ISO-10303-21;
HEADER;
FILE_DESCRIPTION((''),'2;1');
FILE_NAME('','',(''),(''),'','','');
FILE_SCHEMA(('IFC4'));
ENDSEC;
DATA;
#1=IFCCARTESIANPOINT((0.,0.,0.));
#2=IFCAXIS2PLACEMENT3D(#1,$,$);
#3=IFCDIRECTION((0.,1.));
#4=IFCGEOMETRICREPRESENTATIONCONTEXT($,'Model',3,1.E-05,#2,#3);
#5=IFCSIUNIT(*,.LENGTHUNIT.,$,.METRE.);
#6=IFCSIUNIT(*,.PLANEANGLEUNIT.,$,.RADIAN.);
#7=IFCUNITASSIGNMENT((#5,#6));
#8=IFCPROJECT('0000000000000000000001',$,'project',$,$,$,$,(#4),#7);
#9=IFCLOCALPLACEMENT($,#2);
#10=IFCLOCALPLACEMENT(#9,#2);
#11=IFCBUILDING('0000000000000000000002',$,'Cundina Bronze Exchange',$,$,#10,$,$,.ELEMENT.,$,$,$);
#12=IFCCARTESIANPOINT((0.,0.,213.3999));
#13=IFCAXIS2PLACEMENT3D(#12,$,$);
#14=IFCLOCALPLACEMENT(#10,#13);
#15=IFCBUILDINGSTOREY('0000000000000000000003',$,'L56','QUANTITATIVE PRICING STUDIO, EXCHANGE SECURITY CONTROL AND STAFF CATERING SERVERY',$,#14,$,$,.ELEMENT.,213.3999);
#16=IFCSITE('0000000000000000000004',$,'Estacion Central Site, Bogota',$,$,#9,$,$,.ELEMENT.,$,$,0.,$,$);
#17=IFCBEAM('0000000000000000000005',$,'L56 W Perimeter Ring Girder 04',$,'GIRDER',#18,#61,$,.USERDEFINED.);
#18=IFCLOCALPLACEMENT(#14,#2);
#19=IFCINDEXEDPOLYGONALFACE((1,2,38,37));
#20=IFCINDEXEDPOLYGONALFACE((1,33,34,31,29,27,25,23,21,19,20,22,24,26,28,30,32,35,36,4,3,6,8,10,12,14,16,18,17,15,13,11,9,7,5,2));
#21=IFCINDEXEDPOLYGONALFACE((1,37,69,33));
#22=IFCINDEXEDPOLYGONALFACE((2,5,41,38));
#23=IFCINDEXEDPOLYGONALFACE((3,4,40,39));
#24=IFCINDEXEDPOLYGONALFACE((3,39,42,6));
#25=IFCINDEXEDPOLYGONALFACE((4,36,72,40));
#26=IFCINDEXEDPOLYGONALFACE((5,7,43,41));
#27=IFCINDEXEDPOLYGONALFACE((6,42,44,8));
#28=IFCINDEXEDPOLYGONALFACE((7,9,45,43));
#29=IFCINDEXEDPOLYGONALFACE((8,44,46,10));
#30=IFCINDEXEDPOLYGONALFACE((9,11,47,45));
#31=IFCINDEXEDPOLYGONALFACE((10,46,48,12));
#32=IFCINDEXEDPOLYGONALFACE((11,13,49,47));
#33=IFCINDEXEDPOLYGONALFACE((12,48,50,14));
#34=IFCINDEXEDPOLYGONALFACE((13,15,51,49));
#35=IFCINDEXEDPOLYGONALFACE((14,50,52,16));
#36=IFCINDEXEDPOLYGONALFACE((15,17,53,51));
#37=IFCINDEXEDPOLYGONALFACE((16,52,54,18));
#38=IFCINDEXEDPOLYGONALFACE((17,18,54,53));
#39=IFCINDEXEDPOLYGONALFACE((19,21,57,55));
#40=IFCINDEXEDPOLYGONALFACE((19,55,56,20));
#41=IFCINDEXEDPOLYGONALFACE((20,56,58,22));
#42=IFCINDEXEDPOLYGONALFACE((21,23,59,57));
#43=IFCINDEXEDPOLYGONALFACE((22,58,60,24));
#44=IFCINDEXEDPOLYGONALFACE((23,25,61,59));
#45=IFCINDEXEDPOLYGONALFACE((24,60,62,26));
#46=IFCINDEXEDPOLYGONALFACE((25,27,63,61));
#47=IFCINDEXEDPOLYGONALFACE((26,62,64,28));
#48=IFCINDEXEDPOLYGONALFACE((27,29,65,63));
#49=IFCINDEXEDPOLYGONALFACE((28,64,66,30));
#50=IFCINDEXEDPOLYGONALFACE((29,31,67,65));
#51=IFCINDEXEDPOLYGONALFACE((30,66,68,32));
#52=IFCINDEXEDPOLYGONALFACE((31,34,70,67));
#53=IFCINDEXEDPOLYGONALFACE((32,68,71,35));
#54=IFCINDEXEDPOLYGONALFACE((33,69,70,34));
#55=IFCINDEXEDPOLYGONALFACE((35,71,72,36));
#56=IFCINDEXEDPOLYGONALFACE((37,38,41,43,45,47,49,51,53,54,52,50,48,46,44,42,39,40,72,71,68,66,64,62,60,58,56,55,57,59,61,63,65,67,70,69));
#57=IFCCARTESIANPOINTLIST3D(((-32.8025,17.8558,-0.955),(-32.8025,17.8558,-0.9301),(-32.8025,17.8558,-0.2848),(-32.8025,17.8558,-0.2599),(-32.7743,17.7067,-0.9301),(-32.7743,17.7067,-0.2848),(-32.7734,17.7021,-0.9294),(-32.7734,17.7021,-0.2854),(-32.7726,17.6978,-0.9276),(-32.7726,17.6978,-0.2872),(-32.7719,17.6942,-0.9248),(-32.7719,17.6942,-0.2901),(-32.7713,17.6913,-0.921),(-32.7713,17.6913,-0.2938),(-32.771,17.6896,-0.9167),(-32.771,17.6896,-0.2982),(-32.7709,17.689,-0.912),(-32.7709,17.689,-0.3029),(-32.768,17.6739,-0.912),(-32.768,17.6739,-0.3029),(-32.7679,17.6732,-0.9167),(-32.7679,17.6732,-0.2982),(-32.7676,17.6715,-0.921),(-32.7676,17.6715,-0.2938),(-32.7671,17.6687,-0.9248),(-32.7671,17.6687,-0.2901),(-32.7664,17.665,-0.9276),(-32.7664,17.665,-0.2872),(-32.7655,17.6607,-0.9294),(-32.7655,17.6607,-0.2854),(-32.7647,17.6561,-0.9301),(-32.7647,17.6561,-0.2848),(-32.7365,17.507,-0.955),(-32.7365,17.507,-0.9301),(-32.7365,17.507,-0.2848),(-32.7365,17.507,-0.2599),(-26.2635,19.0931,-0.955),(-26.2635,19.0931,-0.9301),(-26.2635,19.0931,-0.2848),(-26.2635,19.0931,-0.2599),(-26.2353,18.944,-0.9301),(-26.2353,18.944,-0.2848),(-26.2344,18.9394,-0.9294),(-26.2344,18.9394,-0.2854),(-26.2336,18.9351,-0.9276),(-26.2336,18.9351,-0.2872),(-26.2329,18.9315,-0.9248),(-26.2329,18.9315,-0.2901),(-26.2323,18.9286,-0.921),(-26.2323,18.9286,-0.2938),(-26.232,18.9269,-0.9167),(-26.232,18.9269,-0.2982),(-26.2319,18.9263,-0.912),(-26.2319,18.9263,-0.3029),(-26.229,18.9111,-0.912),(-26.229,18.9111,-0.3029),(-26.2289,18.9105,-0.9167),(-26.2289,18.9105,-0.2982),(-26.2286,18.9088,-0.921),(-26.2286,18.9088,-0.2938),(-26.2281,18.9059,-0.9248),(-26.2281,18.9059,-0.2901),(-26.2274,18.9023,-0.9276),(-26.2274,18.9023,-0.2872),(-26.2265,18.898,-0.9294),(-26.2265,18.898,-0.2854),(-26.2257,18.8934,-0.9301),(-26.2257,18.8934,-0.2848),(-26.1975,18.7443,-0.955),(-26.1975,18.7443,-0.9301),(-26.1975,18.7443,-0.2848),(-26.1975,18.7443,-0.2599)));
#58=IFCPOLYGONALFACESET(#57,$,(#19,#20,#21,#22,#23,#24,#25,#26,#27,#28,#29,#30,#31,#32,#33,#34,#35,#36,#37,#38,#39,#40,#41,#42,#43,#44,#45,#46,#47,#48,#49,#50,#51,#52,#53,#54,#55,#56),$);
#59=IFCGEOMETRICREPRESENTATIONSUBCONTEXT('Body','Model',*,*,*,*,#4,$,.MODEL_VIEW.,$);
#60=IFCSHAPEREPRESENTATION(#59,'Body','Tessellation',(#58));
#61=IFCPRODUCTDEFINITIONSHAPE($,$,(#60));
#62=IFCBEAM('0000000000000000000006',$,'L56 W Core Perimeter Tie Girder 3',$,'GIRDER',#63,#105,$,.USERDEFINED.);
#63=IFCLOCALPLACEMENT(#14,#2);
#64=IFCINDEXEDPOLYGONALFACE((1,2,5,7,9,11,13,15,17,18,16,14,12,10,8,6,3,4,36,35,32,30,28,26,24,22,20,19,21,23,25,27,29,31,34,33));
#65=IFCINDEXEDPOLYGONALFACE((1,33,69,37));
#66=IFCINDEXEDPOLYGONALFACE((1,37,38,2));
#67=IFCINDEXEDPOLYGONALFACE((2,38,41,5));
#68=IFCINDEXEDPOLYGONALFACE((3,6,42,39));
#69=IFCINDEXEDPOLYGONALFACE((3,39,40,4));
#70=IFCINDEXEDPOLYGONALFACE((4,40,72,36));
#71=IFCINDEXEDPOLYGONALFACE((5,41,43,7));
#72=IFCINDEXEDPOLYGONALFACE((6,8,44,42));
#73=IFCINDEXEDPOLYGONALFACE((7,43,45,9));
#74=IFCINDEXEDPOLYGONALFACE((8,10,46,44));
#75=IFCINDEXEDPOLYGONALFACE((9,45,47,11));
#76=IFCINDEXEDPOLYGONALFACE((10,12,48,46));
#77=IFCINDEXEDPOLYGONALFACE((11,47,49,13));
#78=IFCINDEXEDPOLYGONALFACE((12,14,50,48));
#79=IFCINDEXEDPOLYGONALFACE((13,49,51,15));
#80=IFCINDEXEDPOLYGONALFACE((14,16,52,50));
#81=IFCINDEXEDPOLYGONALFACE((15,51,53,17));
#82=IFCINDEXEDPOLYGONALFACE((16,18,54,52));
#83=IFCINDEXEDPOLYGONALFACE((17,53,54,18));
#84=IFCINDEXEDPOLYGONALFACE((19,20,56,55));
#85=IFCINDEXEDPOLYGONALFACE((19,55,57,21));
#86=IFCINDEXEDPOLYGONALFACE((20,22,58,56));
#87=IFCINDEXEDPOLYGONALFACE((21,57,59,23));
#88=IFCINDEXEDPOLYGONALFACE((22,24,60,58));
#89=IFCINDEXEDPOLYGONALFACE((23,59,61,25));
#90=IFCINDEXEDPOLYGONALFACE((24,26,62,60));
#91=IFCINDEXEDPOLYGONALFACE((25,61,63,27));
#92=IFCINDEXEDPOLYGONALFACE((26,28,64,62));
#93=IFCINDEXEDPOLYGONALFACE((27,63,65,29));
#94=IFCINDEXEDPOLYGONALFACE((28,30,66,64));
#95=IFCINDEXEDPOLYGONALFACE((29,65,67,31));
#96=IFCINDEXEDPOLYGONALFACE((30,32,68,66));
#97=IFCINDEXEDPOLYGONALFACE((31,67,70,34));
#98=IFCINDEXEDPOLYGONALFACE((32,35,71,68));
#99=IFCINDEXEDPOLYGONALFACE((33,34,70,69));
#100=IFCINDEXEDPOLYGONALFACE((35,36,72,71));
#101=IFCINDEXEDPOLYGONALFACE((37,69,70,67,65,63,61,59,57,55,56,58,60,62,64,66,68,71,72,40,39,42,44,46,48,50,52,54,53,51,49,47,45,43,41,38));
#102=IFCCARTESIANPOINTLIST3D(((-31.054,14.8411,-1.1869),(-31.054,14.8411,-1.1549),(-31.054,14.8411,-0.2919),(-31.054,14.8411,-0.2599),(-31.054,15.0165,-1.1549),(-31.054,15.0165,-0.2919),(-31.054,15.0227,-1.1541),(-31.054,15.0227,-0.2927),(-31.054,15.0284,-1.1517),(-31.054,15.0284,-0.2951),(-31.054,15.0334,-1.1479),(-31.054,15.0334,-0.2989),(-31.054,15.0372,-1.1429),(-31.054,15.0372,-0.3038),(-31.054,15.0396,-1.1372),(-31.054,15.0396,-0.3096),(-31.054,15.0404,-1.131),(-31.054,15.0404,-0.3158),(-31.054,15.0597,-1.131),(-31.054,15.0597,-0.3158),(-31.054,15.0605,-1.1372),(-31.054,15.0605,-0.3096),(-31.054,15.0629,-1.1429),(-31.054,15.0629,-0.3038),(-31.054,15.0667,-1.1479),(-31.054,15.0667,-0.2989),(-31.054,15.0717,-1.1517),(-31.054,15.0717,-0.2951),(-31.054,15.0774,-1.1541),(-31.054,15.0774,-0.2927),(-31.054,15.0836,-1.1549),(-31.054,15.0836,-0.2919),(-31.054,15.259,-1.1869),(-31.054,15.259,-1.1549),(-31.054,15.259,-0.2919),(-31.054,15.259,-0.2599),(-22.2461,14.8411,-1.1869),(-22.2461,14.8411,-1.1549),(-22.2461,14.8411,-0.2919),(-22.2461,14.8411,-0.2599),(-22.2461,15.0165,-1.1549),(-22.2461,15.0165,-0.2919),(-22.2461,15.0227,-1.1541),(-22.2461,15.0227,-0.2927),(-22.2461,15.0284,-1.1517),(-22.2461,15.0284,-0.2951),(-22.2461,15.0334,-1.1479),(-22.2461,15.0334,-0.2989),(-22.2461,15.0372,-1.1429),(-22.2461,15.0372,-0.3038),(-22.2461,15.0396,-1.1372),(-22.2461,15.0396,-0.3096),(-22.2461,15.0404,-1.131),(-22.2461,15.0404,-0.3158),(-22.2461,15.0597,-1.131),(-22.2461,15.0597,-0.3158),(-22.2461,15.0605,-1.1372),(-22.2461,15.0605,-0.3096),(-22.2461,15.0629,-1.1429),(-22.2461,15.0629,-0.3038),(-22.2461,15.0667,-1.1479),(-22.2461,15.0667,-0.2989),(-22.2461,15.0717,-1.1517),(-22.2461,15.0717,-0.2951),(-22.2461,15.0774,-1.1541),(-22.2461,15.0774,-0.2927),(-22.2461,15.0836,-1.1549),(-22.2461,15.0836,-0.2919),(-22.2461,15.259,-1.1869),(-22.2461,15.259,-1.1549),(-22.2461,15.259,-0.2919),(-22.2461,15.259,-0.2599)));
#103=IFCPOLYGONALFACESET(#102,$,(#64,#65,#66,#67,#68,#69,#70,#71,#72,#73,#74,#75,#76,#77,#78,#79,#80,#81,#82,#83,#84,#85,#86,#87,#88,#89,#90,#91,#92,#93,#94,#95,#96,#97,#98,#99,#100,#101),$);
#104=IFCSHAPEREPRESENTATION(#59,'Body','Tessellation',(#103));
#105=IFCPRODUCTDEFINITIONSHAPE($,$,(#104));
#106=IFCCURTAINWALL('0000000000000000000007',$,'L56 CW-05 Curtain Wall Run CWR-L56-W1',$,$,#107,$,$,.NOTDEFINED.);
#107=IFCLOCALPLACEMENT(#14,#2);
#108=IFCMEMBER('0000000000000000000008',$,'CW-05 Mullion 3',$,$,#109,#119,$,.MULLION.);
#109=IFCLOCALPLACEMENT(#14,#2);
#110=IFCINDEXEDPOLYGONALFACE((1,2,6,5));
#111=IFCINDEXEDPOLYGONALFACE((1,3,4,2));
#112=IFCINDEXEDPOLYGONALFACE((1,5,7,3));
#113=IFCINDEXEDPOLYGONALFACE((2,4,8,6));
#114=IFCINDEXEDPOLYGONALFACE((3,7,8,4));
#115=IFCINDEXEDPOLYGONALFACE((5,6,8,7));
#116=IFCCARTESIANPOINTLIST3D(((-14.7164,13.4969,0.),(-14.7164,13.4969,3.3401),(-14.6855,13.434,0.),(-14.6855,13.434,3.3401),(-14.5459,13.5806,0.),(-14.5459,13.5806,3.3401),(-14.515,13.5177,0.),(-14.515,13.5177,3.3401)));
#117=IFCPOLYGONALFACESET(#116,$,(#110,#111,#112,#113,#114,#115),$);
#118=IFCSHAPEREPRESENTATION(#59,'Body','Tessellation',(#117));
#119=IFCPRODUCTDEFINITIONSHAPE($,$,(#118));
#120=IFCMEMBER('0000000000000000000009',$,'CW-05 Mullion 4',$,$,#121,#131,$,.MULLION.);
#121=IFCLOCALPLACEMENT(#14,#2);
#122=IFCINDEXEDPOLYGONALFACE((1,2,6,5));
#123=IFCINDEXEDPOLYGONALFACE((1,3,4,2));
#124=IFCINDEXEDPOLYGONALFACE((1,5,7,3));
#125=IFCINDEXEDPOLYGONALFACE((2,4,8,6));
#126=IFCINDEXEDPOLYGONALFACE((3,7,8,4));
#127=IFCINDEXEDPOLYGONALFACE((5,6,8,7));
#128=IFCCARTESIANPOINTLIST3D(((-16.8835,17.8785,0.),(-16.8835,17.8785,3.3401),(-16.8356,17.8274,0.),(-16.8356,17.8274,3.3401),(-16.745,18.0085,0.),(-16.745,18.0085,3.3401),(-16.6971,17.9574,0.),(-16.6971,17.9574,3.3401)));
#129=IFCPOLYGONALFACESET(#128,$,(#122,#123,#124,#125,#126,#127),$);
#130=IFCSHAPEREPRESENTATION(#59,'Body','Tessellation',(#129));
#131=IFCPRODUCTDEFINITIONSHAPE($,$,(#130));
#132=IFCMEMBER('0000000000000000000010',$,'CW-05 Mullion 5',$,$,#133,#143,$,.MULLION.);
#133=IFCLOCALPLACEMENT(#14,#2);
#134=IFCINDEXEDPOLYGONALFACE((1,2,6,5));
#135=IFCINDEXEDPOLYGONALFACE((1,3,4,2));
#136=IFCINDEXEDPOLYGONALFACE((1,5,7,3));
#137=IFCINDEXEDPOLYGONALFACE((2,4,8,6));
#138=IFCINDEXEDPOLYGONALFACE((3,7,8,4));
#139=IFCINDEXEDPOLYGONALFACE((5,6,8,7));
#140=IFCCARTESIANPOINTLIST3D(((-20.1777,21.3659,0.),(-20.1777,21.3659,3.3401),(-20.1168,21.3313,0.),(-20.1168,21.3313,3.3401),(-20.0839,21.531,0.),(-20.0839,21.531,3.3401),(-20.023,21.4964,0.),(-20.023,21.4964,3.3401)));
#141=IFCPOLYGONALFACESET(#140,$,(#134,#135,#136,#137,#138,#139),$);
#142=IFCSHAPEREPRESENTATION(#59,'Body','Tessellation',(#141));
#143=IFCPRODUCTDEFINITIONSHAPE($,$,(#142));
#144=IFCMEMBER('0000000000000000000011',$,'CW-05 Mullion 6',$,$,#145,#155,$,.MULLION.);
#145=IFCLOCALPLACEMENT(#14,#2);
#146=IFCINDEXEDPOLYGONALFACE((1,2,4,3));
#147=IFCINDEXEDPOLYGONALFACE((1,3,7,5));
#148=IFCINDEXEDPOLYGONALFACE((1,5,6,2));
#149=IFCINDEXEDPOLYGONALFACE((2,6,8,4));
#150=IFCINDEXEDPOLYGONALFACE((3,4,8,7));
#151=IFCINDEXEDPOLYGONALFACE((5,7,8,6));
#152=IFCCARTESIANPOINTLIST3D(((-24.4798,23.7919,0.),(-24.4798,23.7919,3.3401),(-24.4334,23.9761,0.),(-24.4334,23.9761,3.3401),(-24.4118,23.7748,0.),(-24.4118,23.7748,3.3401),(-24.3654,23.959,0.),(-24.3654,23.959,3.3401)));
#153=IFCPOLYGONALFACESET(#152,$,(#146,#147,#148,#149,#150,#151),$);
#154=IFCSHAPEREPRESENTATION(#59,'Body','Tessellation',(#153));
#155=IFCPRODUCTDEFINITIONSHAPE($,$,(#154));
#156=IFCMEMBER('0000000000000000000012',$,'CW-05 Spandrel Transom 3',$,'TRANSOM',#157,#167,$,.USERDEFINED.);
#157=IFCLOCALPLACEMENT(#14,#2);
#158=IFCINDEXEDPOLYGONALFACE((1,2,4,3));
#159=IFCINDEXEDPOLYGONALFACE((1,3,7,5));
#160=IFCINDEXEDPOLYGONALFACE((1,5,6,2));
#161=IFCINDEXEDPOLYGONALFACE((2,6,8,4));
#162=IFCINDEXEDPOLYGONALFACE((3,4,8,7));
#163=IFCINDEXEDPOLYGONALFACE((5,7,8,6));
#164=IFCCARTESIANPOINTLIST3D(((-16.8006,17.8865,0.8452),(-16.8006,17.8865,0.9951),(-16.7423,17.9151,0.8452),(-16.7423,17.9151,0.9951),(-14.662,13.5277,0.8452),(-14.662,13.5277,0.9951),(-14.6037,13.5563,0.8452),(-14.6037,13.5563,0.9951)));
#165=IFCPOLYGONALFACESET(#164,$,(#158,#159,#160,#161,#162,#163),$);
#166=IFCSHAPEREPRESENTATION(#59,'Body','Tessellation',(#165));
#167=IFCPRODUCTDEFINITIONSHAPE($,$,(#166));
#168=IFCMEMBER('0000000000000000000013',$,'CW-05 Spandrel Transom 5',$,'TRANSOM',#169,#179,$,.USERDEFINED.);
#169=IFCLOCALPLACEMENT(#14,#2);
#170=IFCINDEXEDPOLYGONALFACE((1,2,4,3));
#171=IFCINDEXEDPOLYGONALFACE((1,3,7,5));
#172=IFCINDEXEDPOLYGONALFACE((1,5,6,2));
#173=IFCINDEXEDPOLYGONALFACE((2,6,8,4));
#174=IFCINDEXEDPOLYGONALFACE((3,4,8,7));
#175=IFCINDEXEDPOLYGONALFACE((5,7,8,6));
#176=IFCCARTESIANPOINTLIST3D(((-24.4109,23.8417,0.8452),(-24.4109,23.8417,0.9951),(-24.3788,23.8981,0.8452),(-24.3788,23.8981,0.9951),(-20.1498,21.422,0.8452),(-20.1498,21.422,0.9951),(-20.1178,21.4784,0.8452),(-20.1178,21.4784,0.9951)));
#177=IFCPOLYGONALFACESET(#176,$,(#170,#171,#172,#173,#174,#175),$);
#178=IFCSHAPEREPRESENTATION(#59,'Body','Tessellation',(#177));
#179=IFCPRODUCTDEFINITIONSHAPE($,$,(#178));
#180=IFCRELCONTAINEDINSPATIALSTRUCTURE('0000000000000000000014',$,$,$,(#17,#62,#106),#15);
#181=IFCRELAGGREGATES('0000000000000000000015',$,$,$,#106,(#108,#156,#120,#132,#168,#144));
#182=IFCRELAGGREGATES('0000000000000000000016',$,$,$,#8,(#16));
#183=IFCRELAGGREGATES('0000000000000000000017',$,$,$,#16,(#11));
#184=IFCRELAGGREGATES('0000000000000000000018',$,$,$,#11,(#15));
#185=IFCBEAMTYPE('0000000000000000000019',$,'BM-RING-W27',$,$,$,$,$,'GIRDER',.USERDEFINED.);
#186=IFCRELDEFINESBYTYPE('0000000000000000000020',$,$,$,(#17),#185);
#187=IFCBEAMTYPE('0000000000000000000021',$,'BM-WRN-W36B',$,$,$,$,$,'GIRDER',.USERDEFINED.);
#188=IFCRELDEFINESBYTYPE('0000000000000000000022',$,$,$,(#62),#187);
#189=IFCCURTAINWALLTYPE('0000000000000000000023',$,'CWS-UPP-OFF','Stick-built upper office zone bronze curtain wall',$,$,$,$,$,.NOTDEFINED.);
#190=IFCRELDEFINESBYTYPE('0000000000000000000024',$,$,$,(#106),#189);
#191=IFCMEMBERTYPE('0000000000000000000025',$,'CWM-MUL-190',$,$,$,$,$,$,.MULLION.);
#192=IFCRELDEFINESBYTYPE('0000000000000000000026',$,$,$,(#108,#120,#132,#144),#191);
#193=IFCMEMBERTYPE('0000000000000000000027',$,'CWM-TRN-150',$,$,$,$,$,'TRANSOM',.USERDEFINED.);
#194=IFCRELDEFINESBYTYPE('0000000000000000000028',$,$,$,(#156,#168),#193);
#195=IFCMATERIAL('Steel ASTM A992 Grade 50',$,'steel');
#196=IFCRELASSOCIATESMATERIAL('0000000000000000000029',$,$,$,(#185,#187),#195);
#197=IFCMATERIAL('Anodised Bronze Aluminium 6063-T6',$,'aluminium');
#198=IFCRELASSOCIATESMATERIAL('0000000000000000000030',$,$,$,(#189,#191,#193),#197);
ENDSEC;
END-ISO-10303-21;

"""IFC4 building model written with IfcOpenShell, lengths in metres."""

from ifc_helpers import new_model, si_unit, direction, frame, origin, origin_2d, place, context, subcontext, project, spatial, rectangle, i_section, extrude, material, material_profile, profile_set, type_object, element, aggregate, save


model = new_model("IFC4")

# Units and contexts
model_context = context("Model", 3, precision=1e-05, world=origin(), true_north=direction((0.0, 1.0)))
body_context = subcontext(model_context, "Body", "Model", "MODEL_VIEW")
ifc_project = project(units=[si_unit("LENGTHUNIT", "METRE"), si_unit("PLANEANGLEUNIT", "RADIAN")], contexts=[model_context])

# Site, building, storey
site_placement = place(None, origin())
site = spatial("IfcSite", under=ifc_project, at=site_placement, Name="Estacion Central Site, Bogota", CompositionType="ELEMENT", RefElevation=0.0)
building_placement = place(site_placement, origin())
building = spatial("IfcBuilding", under=site, at=building_placement, Name="Cundina Bronze Exchange", CompositionType="ELEMENT")
storey_placement = place(building_placement, frame((0.0, 0.0, 213.3999)))
storey = spatial("IfcBuildingStorey", under=building, at=storey_placement, Name="L56", Description="QUANTITATIVE PRICING STUDIO, EXCHANGE SECURITY CONTROL AND STAFF CATERING SERVERY", CompositionType="ELEMENT", Elevation=213.3999)

# Shared definitions
ifc_material_1 = material(Name="Steel ASTM A992 Grade 50", Category="steel")

# Beams
ifc_material_profile_1 = material_profile(ifc_material_1, i_section(OverallWidth=0.355, OverallDepth=0.6951, WebThickness=0.0154, FlangeThickness=0.0249, FilletRadius=0.0181, at=origin_2d()), Name="W27X146", Category="steel")
ifc_profile_set_1 = profile_set([ifc_material_profile_1], Name="Steel ASTM A992 Grade 50")
beam_type_1 = type_object("IfcBeamType", Name="BM-RING-W27", ElementType="GIRDER", PredefinedType="USERDEFINED", material=ifc_profile_set_1)
beam_1_placement = place(storey_placement, frame((-26.2305, 18.9187, -0.6074), z_axis=(-0.982565, -0.185918, 0.0), x_axis=(0.185918, -0.982565, 0.0)))
element("IfcBeam", 1, at=beam_1_placement, inside=storey, type_object=beam_type_1, Name="L56 W Perimeter Ring Girder 04", ObjectType="GIRDER", PredefinedType="USERDEFINED", context=body_context, shape_type="SweptSolid", body=[
    extrude(i_section(OverallWidth=0.355, OverallDepth=0.6951, WebThickness=0.0154, FlangeThickness=0.0249, FilletRadius=0.0181, at=origin_2d()), origin(), (0.0, 0.0, 1.0), 6.655),
])
ifc_material_profile_2 = material_profile(ifc_material_1, i_section(OverallWidth=0.418, OverallDepth=0.927, WebThickness=0.0193, FlangeThickness=0.032, FilletRadius=0.0239, at=origin_2d()), Name="W36X231", Category="steel")
ifc_profile_set_2 = profile_set([ifc_material_profile_2], Name="Steel ASTM A992 Grade 50")
beam_type_2 = type_object("IfcBeamType", Name="BM-WRN-W36B", ElementType="GIRDER", PredefinedType="USERDEFINED", material=ifc_profile_set_2)
beam_2_placement = place(storey_placement, frame((-22.2461, 15.05, -0.7234), z_axis=(-1.0, 0.0, 0.0), x_axis=(0.0, -1.0, 0.0)))
element("IfcBeam", 2, at=beam_2_placement, inside=storey, type_object=beam_type_2, Name="L56 W Core Perimeter Tie Girder 3", ObjectType="GIRDER", PredefinedType="USERDEFINED", context=body_context, shape_type="SweptSolid", body=[
    extrude(i_section(OverallWidth=0.418, OverallDepth=0.927, WebThickness=0.0193, FlangeThickness=0.032, FilletRadius=0.0239, at=origin_2d()), origin(), (0.0, 0.0, 1.0), 8.8079),
])

# Curtain wall, members
ifc_material_2 = material(Name="Anodised Bronze Aluminium 6063-T6", Category="aluminium")
curtain_wall_type = type_object("IfcCurtainWallType", Name="CWS-UPP-OFF", Description="Stick-built upper office zone bronze curtain wall", PredefinedType="NOTDEFINED", material=ifc_material_2)
curtain_wall_placement = place(storey_placement, origin())
curtain_wall = element("IfcCurtainWall", 3, at=curtain_wall_placement, inside=storey, type_object=curtain_wall_type, Name="L56 CW-05 Curtain Wall Run CWR-L56-W1", PredefinedType="NOTDEFINED")
ifc_material_profile_3 = material_profile(ifc_material_2, rectangle(XDim=0.0701, YDim=0.1899, at=origin_2d()), Name="AL70X190", Category="aluminium")
ifc_profile_set_3 = profile_set([ifc_material_profile_3], Name="Anodised Bronze Aluminium 6063-T6")
member_type_1 = type_object("IfcMemberType", Name="CWM-MUL-190", PredefinedType="MULLION", material=ifc_profile_set_3)
member_1_placement = place(storey_placement, frame((-14.6157, 13.5073, 0.0), z_axis=(0.0, 0.0, 1.0), x_axis=(-0.440566, 0.89772, 0.0)))
member_1 = element("IfcMember", 4, at=member_1_placement, type_object=member_type_1, Name="CW-05 Mullion 3", PredefinedType="MULLION", context=body_context, shape_type="SweptSolid", body=[
    extrude(rectangle(XDim=0.0701, YDim=0.1899, at=origin_2d()), origin(), (0.0, 0.0, 1.0), 3.3401),
])
member_2_placement = place(storey_placement, frame((-16.7903, 17.918, 0.0), z_axis=(0.0, 0.0, 1.0), x_axis=(-0.684293, 0.729208, 0.0)))
member_2 = element("IfcMember", 5, at=member_2_placement, type_object=member_type_1, Name="CW-05 Mullion 4", PredefinedType="MULLION", context=body_context, shape_type="SweptSolid", body=[
    extrude(rectangle(XDim=0.0701, YDim=0.1899, at=origin_2d()), origin(), (0.0, 0.0, 1.0), 3.3401),
])
member_3_placement = place(storey_placement, frame((-20.1003, 21.4312, 0.0), z_axis=(0.0, 0.0, 1.0), x_axis=(-0.869581, 0.49379, 0.0)))
member_3 = element("IfcMember", 6, at=member_3_placement, type_object=member_type_1, Name="CW-05 Mullion 5", PredefinedType="MULLION", context=body_context, shape_type="SweptSolid", body=[
    extrude(rectangle(XDim=0.0701, YDim=0.1899, at=origin_2d()), origin(), (0.0, 0.0, 1.0), 3.3401),
])
member_4_placement = place(storey_placement, frame((-24.4226, 23.8755, 0.0), z_axis=(0.0, 0.0, 1.0), x_axis=(-0.969744, 0.244123, 0.0)))
member_4 = element("IfcMember", 7, at=member_4_placement, type_object=member_type_1, Name="CW-05 Mullion 6", PredefinedType="MULLION", context=body_context, shape_type="SweptSolid", body=[
    extrude(rectangle(XDim=0.0701, YDim=0.1899, at=origin_2d()), origin(), (0.0, 0.0, 1.0), 3.3401),
])
ifc_material_profile_4 = material_profile(ifc_material_2, rectangle(XDim=0.0649, YDim=0.1499, at=origin_2d()), Name="AL65X150", Category="aluminium")
ifc_profile_set_4 = profile_set([ifc_material_profile_4], Name="Anodised Bronze Aluminium 6063-T6")
member_type_2 = type_object("IfcMemberType", Name="CWM-TRN-150", ElementType="TRANSOM", PredefinedType="USERDEFINED", material=ifc_profile_set_4)
member_5_placement = place(storey_placement, frame((-14.6328, 13.542, 0.9202), z_axis=(-0.440483, 0.897761, 0.0), x_axis=(-0.897761, -0.440483, 0.0)))
member_5 = element("IfcMember", 8, at=member_5_placement, type_object=member_type_2, Name="CW-05 Spandrel Transom 3", ObjectType="TRANSOM", PredefinedType="USERDEFINED", context=body_context, shape_type="SweptSolid", body=[
    extrude(rectangle(XDim=0.0649, YDim=0.1499, at=origin_2d()), origin(), (0.0, 0.0, 1.0), 4.8552),
])
member_6_placement = place(storey_placement, frame((-20.1338, 21.4502, 0.9202), z_axis=(-0.869574, 0.493803, 0.0), x_axis=(-0.493803, -0.869574, 0.0)))
member_6 = element("IfcMember", 9, at=member_6_placement, type_object=member_type_2, Name="CW-05 Spandrel Transom 5", ObjectType="TRANSOM", PredefinedType="USERDEFINED", context=body_context, shape_type="SweptSolid", body=[
    extrude(rectangle(XDim=0.0649, YDim=0.1499, at=origin_2d()), origin(), (0.0, 0.0, 1.0), 4.9001),
])
aggregate(curtain_wall, [member_1, member_5, member_2, member_3, member_6, member_4])

save(model, "model.ifc")
